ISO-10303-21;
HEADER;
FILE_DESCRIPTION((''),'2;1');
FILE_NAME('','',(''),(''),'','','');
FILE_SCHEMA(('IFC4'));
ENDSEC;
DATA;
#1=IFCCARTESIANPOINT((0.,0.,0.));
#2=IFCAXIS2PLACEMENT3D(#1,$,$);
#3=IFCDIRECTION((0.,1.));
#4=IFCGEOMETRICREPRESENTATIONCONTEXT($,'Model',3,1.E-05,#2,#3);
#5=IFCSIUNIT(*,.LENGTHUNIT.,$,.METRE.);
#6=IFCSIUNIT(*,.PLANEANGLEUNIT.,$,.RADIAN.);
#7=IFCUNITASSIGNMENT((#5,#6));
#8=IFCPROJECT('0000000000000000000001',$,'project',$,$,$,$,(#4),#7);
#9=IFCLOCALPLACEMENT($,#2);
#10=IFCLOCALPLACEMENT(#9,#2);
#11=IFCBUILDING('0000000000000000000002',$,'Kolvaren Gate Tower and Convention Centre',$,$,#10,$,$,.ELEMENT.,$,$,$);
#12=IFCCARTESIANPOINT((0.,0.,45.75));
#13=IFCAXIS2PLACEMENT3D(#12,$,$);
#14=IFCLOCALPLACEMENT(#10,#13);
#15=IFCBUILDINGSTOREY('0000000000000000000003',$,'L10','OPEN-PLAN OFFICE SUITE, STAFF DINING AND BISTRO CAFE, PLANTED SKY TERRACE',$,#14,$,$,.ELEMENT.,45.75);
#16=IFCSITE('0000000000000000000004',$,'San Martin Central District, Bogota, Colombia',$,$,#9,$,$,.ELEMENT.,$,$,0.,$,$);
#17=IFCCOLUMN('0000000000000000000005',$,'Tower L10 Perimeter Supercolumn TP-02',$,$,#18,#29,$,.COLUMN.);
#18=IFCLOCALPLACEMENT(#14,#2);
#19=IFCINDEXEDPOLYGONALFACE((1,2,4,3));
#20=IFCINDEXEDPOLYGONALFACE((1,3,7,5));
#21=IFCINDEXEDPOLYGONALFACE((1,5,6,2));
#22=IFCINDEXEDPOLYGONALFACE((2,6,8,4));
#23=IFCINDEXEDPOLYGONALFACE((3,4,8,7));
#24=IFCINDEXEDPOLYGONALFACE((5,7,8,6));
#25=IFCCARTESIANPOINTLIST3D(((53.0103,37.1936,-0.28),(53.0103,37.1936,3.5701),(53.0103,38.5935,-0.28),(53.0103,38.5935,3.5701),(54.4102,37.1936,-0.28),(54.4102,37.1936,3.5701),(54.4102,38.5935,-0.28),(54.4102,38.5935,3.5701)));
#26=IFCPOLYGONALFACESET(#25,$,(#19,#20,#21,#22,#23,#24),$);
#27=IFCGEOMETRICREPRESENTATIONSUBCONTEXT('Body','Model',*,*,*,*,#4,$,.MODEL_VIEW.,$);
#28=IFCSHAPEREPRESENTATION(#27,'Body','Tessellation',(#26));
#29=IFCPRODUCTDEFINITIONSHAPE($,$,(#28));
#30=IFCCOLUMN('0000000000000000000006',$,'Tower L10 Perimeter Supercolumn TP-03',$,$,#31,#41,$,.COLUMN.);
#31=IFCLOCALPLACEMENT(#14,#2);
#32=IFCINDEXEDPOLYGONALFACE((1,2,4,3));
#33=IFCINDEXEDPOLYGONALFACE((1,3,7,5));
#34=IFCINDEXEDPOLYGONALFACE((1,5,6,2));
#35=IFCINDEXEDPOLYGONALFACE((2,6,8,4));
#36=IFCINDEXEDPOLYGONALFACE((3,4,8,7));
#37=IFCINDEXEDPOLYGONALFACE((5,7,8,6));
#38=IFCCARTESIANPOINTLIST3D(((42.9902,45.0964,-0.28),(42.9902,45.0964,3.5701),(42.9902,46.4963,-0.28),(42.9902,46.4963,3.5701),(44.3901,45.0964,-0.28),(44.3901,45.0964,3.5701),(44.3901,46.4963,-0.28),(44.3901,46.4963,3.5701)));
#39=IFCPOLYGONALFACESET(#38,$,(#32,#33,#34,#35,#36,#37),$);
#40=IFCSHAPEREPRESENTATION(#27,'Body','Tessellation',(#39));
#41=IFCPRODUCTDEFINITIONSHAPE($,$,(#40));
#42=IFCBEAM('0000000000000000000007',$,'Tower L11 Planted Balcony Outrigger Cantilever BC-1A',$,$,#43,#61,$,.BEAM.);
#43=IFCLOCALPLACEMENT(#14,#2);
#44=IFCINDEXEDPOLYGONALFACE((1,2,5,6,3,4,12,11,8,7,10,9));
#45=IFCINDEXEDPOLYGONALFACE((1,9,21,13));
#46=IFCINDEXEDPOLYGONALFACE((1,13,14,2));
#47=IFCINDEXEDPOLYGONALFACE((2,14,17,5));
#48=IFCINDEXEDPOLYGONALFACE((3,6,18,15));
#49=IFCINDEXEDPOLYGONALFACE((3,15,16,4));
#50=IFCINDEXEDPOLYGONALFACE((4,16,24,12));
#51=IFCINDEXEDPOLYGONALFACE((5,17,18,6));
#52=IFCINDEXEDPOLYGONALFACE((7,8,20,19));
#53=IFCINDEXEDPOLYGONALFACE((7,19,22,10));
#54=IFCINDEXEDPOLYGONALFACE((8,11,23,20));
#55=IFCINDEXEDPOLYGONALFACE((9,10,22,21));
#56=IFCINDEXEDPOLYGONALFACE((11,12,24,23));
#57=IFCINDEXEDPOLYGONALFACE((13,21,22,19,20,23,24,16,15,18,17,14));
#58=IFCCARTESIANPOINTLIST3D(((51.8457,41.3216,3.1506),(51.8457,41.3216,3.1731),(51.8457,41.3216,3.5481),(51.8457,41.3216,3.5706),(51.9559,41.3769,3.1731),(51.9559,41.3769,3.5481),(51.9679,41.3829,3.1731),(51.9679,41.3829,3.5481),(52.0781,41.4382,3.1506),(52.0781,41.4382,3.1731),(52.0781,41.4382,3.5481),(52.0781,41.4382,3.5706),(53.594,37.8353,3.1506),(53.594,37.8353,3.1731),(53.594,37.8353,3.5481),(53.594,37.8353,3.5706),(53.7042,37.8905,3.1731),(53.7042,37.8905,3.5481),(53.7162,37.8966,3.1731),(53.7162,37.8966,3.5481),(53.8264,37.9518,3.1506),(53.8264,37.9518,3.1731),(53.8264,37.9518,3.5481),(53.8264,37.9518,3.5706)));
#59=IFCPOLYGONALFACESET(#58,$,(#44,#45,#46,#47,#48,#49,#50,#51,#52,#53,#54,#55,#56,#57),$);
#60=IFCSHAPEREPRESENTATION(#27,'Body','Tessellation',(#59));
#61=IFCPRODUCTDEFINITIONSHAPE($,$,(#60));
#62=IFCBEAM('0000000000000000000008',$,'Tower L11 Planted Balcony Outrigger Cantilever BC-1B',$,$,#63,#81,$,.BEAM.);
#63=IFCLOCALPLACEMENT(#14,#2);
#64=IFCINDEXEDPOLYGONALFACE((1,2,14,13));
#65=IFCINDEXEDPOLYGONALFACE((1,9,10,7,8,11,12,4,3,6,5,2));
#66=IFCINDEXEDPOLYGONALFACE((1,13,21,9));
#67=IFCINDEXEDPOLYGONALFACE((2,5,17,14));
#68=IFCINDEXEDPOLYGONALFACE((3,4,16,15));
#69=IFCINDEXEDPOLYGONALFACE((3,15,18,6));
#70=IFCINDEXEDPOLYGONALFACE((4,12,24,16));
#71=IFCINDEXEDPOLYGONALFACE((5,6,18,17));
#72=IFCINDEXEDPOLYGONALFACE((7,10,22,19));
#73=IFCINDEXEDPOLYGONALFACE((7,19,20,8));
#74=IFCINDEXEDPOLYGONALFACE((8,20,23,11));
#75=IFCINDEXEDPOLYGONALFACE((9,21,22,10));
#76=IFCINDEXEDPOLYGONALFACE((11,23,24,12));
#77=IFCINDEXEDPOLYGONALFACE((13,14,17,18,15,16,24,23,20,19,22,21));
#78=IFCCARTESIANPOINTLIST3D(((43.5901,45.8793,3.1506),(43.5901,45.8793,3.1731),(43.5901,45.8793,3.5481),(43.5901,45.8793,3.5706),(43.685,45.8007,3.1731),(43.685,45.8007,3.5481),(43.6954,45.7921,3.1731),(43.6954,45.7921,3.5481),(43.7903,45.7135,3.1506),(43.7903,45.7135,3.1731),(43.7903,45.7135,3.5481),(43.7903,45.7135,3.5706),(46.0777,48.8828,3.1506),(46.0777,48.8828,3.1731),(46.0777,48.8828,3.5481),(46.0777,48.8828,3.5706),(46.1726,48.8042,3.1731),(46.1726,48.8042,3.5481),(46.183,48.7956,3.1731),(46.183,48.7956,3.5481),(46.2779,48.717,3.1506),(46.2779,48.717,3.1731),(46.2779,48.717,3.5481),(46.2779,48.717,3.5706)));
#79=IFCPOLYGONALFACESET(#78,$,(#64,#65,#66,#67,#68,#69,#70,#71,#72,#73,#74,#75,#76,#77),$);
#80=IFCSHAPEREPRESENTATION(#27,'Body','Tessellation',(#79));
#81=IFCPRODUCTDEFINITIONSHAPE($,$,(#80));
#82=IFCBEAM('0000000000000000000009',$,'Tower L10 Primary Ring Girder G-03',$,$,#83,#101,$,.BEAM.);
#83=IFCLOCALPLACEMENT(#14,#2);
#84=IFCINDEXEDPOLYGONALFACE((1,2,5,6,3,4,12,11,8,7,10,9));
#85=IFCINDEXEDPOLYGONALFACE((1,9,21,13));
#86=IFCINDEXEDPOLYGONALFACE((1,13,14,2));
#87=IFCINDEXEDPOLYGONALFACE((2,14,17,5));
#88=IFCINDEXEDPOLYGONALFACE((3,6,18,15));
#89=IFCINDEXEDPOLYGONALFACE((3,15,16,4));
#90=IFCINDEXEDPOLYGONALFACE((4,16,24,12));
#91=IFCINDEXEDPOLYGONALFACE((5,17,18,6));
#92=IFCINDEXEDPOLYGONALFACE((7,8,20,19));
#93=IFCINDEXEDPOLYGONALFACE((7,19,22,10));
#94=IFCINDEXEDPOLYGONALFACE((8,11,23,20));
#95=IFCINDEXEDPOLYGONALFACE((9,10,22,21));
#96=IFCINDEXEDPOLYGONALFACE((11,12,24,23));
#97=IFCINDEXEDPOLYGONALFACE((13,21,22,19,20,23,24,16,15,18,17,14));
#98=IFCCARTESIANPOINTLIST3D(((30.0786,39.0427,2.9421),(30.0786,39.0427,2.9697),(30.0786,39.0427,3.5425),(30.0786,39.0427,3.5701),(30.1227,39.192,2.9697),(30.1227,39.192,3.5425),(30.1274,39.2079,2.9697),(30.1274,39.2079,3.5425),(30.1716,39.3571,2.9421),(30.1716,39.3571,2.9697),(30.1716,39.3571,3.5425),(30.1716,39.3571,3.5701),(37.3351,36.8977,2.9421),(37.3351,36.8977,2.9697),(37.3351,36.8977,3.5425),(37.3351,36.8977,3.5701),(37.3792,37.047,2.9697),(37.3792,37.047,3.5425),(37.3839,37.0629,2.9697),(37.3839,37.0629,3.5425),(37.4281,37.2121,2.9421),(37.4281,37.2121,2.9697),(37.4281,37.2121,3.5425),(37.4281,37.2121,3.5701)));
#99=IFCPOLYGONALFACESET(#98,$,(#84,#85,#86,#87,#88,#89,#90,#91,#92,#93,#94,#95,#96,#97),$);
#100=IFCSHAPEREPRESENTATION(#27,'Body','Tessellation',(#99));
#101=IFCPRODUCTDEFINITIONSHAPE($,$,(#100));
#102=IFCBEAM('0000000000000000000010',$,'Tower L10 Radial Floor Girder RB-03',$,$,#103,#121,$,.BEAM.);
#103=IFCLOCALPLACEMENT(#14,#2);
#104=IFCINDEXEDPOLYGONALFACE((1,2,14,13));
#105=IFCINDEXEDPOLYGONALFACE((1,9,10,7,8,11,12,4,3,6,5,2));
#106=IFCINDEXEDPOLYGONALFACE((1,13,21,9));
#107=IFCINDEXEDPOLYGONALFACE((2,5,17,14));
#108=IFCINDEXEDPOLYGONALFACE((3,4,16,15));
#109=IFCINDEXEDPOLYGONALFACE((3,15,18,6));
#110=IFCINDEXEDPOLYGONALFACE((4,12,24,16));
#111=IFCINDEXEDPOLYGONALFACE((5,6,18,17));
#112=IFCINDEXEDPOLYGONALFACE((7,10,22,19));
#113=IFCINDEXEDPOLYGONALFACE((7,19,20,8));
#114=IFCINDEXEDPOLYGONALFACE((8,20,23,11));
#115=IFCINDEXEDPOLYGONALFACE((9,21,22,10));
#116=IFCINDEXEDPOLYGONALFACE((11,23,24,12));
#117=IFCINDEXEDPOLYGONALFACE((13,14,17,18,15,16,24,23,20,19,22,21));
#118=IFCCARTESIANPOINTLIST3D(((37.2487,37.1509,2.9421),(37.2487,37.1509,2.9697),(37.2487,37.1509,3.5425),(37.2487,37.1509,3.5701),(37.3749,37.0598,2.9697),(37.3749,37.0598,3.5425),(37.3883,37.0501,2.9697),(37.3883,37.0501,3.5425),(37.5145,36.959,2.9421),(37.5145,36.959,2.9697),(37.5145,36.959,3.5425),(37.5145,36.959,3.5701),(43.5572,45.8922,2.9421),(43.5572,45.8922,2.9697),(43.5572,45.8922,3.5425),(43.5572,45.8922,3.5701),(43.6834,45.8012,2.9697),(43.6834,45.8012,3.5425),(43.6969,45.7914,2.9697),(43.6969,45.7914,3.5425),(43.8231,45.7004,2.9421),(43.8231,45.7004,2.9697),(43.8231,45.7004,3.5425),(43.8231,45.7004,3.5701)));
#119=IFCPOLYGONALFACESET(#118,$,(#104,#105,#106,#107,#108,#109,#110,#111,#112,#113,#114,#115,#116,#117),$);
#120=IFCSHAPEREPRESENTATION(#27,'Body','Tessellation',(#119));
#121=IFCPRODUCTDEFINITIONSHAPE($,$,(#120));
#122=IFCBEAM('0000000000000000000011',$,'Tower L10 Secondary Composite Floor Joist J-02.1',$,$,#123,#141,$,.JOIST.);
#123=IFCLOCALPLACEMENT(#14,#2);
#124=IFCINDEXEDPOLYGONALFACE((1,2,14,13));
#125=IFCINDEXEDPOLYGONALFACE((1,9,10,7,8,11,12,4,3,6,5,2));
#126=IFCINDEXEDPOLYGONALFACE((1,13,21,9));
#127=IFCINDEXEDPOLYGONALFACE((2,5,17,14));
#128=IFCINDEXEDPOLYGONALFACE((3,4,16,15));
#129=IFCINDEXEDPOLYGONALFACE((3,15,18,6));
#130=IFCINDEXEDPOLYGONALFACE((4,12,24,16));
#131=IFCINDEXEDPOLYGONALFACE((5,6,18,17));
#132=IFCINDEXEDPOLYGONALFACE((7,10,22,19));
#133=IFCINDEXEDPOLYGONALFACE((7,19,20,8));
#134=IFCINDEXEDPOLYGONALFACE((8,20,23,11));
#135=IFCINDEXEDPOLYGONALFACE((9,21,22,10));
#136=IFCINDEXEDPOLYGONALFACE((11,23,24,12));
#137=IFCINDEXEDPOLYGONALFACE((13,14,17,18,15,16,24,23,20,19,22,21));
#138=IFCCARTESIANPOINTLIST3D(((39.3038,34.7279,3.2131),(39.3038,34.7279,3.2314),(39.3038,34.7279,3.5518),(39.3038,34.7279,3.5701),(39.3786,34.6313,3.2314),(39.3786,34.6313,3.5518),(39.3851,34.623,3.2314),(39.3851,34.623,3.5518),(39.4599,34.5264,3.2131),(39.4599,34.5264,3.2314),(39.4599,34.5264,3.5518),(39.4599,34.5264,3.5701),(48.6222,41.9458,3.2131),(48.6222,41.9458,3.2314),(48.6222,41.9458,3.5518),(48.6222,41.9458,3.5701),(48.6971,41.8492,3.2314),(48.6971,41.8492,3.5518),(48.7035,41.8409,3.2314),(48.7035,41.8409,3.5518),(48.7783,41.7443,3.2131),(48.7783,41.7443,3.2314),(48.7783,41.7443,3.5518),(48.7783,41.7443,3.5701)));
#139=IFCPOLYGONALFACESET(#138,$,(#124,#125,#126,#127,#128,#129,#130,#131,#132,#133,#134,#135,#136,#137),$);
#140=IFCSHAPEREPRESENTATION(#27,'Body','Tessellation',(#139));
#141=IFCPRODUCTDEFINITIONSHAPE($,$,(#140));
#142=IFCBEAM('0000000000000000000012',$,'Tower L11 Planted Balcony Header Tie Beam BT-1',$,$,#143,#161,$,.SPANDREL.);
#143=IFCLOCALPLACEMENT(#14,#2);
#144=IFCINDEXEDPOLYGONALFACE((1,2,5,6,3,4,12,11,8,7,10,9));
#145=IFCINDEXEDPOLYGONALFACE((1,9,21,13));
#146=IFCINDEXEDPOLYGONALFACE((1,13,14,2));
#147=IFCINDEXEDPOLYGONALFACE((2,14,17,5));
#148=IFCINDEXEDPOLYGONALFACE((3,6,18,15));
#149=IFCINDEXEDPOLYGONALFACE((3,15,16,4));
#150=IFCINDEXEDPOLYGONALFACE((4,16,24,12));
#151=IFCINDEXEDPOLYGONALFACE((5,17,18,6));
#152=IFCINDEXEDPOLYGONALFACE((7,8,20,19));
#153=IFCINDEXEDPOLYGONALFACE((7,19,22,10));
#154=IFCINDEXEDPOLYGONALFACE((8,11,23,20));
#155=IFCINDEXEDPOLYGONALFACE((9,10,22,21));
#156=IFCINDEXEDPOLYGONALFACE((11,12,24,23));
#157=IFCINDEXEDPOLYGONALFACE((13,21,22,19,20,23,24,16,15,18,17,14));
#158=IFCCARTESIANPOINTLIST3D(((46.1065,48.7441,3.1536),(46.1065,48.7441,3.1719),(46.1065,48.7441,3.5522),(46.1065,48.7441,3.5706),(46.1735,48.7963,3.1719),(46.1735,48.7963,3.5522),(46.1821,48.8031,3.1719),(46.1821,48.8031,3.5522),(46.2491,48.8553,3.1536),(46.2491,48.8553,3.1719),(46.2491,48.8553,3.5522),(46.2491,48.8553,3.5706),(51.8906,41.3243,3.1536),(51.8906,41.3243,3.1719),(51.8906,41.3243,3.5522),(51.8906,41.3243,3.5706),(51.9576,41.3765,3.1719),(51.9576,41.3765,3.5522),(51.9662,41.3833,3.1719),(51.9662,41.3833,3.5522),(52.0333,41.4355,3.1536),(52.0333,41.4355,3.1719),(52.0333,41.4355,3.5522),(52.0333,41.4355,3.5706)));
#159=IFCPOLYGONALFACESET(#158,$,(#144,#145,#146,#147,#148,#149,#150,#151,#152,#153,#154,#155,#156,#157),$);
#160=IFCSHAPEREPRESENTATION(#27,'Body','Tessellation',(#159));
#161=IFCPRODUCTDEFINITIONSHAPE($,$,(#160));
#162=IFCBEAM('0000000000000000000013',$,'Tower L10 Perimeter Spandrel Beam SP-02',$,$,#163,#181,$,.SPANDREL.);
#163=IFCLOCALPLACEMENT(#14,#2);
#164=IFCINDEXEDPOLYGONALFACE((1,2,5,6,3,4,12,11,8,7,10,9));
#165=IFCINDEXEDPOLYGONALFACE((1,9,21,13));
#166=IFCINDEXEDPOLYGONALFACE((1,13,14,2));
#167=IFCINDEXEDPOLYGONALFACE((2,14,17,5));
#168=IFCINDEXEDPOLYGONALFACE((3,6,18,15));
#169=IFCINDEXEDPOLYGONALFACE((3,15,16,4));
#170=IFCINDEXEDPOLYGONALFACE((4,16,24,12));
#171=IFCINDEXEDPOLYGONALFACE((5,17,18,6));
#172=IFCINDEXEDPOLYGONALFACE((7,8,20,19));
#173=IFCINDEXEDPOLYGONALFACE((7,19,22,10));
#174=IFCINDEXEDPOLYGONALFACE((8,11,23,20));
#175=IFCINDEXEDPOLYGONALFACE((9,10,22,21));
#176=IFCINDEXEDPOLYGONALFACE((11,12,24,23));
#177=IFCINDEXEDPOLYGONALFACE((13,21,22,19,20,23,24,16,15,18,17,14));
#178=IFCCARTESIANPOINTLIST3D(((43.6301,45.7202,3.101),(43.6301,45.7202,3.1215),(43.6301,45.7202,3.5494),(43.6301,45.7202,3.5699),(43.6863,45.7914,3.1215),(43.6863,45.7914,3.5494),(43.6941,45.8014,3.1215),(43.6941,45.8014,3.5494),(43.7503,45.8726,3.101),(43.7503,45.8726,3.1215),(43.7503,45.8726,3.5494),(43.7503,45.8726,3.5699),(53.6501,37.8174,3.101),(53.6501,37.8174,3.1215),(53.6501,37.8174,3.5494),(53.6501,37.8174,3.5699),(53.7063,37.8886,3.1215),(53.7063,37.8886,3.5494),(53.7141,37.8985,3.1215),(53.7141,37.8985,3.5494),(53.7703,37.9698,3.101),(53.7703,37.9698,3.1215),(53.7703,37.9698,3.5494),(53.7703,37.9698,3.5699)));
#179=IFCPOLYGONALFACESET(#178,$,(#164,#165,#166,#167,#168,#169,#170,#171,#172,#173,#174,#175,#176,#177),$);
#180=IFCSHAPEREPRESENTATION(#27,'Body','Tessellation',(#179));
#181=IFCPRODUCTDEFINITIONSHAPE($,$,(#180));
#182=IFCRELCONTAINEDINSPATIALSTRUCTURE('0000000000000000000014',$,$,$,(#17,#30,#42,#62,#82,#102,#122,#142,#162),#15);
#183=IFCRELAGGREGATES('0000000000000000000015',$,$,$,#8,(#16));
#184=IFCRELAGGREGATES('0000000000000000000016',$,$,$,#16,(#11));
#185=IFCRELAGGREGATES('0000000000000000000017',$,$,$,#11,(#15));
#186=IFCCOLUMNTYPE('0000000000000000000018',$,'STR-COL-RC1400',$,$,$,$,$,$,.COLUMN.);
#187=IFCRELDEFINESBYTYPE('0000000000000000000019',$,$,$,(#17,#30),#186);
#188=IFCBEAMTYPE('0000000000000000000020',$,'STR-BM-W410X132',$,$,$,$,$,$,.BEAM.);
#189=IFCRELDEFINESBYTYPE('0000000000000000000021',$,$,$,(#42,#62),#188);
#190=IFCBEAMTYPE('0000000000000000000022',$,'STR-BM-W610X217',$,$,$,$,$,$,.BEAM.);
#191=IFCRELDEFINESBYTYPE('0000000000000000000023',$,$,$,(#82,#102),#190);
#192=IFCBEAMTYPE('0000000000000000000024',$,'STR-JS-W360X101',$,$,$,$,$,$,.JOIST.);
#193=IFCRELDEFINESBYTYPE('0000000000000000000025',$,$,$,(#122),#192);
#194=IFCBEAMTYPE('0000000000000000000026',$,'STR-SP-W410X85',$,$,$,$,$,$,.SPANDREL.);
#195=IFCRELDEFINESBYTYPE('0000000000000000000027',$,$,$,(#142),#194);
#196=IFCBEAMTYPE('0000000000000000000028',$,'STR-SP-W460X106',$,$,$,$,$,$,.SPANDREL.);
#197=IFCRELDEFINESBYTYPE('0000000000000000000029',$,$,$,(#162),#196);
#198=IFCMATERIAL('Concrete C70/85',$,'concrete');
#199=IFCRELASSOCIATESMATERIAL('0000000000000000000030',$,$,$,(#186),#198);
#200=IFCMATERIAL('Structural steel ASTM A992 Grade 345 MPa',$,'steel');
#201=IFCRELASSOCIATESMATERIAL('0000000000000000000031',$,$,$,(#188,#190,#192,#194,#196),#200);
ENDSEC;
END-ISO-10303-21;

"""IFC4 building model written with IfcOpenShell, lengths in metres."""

from ifc_helpers import new_model, si_unit, direction, frame, origin, origin_2d, place, context, subcontext, project, spatial, rectangle, i_section, extrude, material, material_profile, profile_set, type_object, element, save


model = new_model("IFC4")

# Units and contexts
model_context = context("Model", 3, precision=1e-05, world=origin(), true_north=direction((0.0, 1.0)))
body_context = subcontext(model_context, "Body", "Model", "MODEL_VIEW")
ifc_project = project(units=[si_unit("LENGTHUNIT", "METRE"), si_unit("PLANEANGLEUNIT", "RADIAN")], contexts=[model_context])

# Site, building, storey
site_placement = place(None, origin())
site = spatial("IfcSite", under=ifc_project, at=site_placement, Name="San Martin Central District, Bogota, Colombia", CompositionType="ELEMENT", RefElevation=0.0)
building_placement = place(site_placement, origin())
building = spatial("IfcBuilding", under=site, at=building_placement, Name="Kolvaren Gate Tower and Convention Centre", CompositionType="ELEMENT")
storey_placement = place(building_placement, frame((0.0, 0.0, 45.75)))
storey = spatial("IfcBuildingStorey", under=building, at=storey_placement, Name="L10", Description="OPEN-PLAN OFFICE SUITE, STAFF DINING AND BISTRO CAFE, PLANTED SKY TERRACE", CompositionType="ELEMENT", Elevation=45.75)

# Columns
ifc_material_1 = material(Name="Concrete C70/85", Category="concrete")
ifc_material_profile_1 = material_profile(ifc_material_1, rectangle(XDim=1.3999, YDim=1.3999, at=origin_2d()), Name="RC-COL-1400X1400")
ifc_profile_set_1 = profile_set([ifc_material_profile_1], Name="Concrete C70/85")
column_type = type_object("IfcColumnType", Name="STR-COL-RC1400", PredefinedType="COLUMN", material=ifc_profile_set_1)
for number, where, z_axis, x_axis, name in (
    (1, (53.7102, 37.8936, -0.28), (0.0, 0.0, 1.0), (1.0, 0.0, 0.0), "Tower L10 Perimeter Supercolumn TP-02"),
    (2, (43.6902, 45.7964, -0.28), (0.0, 0.0, 1.0), (1.0, 0.0, 0.0), "Tower L10 Perimeter Supercolumn TP-03"),
):
    element("IfcColumn", number, at=place(storey_placement, frame(where, z_axis=z_axis, x_axis=x_axis)), inside=storey, type_object=column_type, Name=name, PredefinedType="COLUMN", context=body_context, shape_type="SweptSolid", body=[
        extrude(rectangle(XDim=1.3999, YDim=1.3999, at=origin_2d()), origin(), (0.0, 0.0, 1.0), 3.8501),
    ])

# Beams
ifc_material_2 = material(Name="Structural steel ASTM A992 Grade 345 MPa", Category="steel")
ifc_material_profile_2 = material_profile(ifc_material_2, i_section(OverallWidth=0.26, OverallDepth=0.4199, WebThickness=0.0134, FlangeThickness=0.0225, at=origin_2d()), Name="W410X132")
ifc_profile_set_2 = profile_set([ifc_material_profile_2], Name="Structural steel ASTM A992 Grade 345 MPa")
beam_type_1 = type_object("IfcBeamType", Name="STR-BM-W410X132", PredefinedType="BEAM", material=ifc_profile_set_2)
beam_1_placement = place(storey_placement, frame((53.7102, 37.8936, 3.3606), z_axis=(-0.448265, 0.893901, 0.0), x_axis=(-0.893901, -0.448265, 0.0)))
element("IfcBeam", 3, at=beam_1_placement, inside=storey, type_object=beam_type_1, Name="Tower L11 Planted Balcony Outrigger Cantilever BC-1A", PredefinedType="BEAM", context=body_context, shape_type="SweptSolid", body=[
    extrude(i_section(OverallWidth=0.26, OverallDepth=0.4199, WebThickness=0.0134, FlangeThickness=0.0225, at=origin_2d()), origin(), (0.0, 0.0, 1.0), 3.9001),
])
beam_2_placement = place(storey_placement, frame((43.6902, 45.7964, 3.3606), z_axis=(0.637866, 0.770147, 0.0), x_axis=(-0.770147, 0.637866, 0.0)))
element("IfcBeam", 4, at=beam_2_placement, inside=storey, type_object=beam_type_1, Name="Tower L11 Planted Balcony Outrigger Cantilever BC-1B", PredefinedType="BEAM", context=body_context, shape_type="SweptSolid", body=[
    extrude(i_section(OverallWidth=0.26, OverallDepth=0.4199, WebThickness=0.0134, FlangeThickness=0.0225, at=origin_2d()), origin(), (0.0, 0.0, 1.0), 3.8999),
])
ifc_material_profile_3 = material_profile(ifc_material_2, i_section(OverallWidth=0.3279, OverallDepth=0.6279, WebThickness=0.0166, FlangeThickness=0.0276, at=origin_2d()), Name="W610X217")
ifc_profile_set_3 = profile_set([ifc_material_profile_3], Name="Structural steel ASTM A992 Grade 345 MPa")
beam_type_2 = type_object("IfcBeamType", Name="STR-BM-W610X217", PredefinedType="BEAM", material=ifc_profile_set_3)
beam_3_placement = place(storey_placement, frame((37.3816, 37.0549, 3.2561), z_axis=(-0.958981, 0.283471, 0.0), x_axis=(-0.283471, -0.958981, 0.0)))
element("IfcBeam", 5, at=beam_3_placement, inside=storey, type_object=beam_type_2, Name="Tower L10 Primary Ring Girder G-03", PredefinedType="BEAM", context=body_context, shape_type="SweptSolid", body=[
    extrude(i_section(OverallWidth=0.3279, OverallDepth=0.6279, WebThickness=0.0166, FlangeThickness=0.0276, at=origin_2d()), origin(), (0.0, 0.0, 1.0), 7.5669),
])
beam_4_placement = place(storey_placement, frame((37.3816, 37.0549, 3.2561), z_axis=(0.585205, 0.810885, 0.0), x_axis=(-0.810885, 0.585205, 0.0)))
element("IfcBeam", 6, at=beam_4_placement, inside=storey, type_object=beam_type_2, Name="Tower L10 Radial Floor Girder RB-03", PredefinedType="BEAM", context=body_context, shape_type="SweptSolid", body=[
    extrude(i_section(OverallWidth=0.3279, OverallDepth=0.6279, WebThickness=0.0166, FlangeThickness=0.0276, at=origin_2d()), origin(), (0.0, 0.0, 1.0), 10.78),
])
ifc_material_profile_4 = material_profile(ifc_material_2, i_section(OverallWidth=0.2549, OverallDepth=0.3569, WebThickness=0.0105, FlangeThickness=0.0183, at=origin_2d()), Name="W360X101")
ifc_profile_set_4 = profile_set([ifc_material_profile_4], Name="Structural steel ASTM A992 Grade 345 MPa")
beam_type_3 = type_object("IfcBeamType", Name="STR-JS-W360X101", PredefinedType="JOIST", material=ifc_profile_set_4)
beam_5_placement = place(storey_placement, frame((39.3818, 34.6272, 3.3916), z_axis=(0.790577, 0.612362, 0.0), x_axis=(-0.612362, 0.790577, 0.0)))
element("IfcBeam", 7, at=beam_5_placement, inside=storey, type_object=beam_type_3, Name="Tower L10 Secondary Composite Floor Joist J-02.1", PredefinedType="JOIST", context=body_context, shape_type="SweptSolid", body=[
    extrude(i_section(OverallWidth=0.2549, OverallDepth=0.3569, WebThickness=0.0105, FlangeThickness=0.0183, at=origin_2d()), origin(), (0.0, 0.0, 1.0), 11.7869),
])
ifc_material_profile_5 = material_profile(ifc_material_2, i_section(OverallWidth=0.1809, OverallDepth=0.417, WebThickness=0.011, FlangeThickness=0.0183, at=origin_2d()), Name="W410X85")
ifc_profile_set_5 = profile_set([ifc_material_profile_5], Name="Structural steel ASTM A992 Grade 345 MPa")
beam_type_4 = type_object("IfcBeamType", Name="STR-SP-W410X85", PredefinedType="SPANDREL", material=ifc_profile_set_5)
beam_6_placement = place(storey_placement, frame((51.9619, 41.3799, 3.3621), z_axis=(-0.61481, 0.788675, 0.0), x_axis=(-0.788675, -0.61481, 0.0)))
element("IfcBeam", 8, at=beam_6_placement, inside=storey, type_object=beam_type_4, Name="Tower L11 Planted Balcony Header Tie Beam BT-1", PredefinedType="SPANDREL", context=body_context, shape_type="SweptSolid", body=[
    extrude(i_section(OverallWidth=0.1809, OverallDepth=0.417, WebThickness=0.011, FlangeThickness=0.0183, at=origin_2d()), origin(), (0.0, 0.0, 1.0), 9.408),
])
ifc_material_profile_6 = material_profile(ifc_material_2, i_section(OverallWidth=0.1941, OverallDepth=0.469, WebThickness=0.0127, FlangeThickness=0.0205, at=origin_2d()), Name="W460X106")
ifc_profile_set_6 = profile_set([ifc_material_profile_6], Name="Structural steel ASTM A992 Grade 345 MPa")
beam_type_5 = type_object("IfcBeamType", Name="STR-SP-W460X106", PredefinedType="SPANDREL", material=ifc_profile_set_6)
beam_7_placement = place(storey_placement, frame((53.7102, 37.8936, 3.3354), z_axis=(-0.785176, 0.619272, 0.0), x_axis=(-0.619272, -0.785176, 0.0)))
element("IfcBeam", 9, at=beam_7_placement, inside=storey, type_object=beam_type_5, Name="Tower L10 Perimeter Spandrel Beam SP-02", PredefinedType="SPANDREL", context=body_context, shape_type="SweptSolid", body=[
    extrude(i_section(OverallWidth=0.1941, OverallDepth=0.469, WebThickness=0.0127, FlangeThickness=0.0205, at=origin_2d()), origin(), (0.0, 0.0, 1.0), 12.7615),
])

save(model, "model.ifc")
